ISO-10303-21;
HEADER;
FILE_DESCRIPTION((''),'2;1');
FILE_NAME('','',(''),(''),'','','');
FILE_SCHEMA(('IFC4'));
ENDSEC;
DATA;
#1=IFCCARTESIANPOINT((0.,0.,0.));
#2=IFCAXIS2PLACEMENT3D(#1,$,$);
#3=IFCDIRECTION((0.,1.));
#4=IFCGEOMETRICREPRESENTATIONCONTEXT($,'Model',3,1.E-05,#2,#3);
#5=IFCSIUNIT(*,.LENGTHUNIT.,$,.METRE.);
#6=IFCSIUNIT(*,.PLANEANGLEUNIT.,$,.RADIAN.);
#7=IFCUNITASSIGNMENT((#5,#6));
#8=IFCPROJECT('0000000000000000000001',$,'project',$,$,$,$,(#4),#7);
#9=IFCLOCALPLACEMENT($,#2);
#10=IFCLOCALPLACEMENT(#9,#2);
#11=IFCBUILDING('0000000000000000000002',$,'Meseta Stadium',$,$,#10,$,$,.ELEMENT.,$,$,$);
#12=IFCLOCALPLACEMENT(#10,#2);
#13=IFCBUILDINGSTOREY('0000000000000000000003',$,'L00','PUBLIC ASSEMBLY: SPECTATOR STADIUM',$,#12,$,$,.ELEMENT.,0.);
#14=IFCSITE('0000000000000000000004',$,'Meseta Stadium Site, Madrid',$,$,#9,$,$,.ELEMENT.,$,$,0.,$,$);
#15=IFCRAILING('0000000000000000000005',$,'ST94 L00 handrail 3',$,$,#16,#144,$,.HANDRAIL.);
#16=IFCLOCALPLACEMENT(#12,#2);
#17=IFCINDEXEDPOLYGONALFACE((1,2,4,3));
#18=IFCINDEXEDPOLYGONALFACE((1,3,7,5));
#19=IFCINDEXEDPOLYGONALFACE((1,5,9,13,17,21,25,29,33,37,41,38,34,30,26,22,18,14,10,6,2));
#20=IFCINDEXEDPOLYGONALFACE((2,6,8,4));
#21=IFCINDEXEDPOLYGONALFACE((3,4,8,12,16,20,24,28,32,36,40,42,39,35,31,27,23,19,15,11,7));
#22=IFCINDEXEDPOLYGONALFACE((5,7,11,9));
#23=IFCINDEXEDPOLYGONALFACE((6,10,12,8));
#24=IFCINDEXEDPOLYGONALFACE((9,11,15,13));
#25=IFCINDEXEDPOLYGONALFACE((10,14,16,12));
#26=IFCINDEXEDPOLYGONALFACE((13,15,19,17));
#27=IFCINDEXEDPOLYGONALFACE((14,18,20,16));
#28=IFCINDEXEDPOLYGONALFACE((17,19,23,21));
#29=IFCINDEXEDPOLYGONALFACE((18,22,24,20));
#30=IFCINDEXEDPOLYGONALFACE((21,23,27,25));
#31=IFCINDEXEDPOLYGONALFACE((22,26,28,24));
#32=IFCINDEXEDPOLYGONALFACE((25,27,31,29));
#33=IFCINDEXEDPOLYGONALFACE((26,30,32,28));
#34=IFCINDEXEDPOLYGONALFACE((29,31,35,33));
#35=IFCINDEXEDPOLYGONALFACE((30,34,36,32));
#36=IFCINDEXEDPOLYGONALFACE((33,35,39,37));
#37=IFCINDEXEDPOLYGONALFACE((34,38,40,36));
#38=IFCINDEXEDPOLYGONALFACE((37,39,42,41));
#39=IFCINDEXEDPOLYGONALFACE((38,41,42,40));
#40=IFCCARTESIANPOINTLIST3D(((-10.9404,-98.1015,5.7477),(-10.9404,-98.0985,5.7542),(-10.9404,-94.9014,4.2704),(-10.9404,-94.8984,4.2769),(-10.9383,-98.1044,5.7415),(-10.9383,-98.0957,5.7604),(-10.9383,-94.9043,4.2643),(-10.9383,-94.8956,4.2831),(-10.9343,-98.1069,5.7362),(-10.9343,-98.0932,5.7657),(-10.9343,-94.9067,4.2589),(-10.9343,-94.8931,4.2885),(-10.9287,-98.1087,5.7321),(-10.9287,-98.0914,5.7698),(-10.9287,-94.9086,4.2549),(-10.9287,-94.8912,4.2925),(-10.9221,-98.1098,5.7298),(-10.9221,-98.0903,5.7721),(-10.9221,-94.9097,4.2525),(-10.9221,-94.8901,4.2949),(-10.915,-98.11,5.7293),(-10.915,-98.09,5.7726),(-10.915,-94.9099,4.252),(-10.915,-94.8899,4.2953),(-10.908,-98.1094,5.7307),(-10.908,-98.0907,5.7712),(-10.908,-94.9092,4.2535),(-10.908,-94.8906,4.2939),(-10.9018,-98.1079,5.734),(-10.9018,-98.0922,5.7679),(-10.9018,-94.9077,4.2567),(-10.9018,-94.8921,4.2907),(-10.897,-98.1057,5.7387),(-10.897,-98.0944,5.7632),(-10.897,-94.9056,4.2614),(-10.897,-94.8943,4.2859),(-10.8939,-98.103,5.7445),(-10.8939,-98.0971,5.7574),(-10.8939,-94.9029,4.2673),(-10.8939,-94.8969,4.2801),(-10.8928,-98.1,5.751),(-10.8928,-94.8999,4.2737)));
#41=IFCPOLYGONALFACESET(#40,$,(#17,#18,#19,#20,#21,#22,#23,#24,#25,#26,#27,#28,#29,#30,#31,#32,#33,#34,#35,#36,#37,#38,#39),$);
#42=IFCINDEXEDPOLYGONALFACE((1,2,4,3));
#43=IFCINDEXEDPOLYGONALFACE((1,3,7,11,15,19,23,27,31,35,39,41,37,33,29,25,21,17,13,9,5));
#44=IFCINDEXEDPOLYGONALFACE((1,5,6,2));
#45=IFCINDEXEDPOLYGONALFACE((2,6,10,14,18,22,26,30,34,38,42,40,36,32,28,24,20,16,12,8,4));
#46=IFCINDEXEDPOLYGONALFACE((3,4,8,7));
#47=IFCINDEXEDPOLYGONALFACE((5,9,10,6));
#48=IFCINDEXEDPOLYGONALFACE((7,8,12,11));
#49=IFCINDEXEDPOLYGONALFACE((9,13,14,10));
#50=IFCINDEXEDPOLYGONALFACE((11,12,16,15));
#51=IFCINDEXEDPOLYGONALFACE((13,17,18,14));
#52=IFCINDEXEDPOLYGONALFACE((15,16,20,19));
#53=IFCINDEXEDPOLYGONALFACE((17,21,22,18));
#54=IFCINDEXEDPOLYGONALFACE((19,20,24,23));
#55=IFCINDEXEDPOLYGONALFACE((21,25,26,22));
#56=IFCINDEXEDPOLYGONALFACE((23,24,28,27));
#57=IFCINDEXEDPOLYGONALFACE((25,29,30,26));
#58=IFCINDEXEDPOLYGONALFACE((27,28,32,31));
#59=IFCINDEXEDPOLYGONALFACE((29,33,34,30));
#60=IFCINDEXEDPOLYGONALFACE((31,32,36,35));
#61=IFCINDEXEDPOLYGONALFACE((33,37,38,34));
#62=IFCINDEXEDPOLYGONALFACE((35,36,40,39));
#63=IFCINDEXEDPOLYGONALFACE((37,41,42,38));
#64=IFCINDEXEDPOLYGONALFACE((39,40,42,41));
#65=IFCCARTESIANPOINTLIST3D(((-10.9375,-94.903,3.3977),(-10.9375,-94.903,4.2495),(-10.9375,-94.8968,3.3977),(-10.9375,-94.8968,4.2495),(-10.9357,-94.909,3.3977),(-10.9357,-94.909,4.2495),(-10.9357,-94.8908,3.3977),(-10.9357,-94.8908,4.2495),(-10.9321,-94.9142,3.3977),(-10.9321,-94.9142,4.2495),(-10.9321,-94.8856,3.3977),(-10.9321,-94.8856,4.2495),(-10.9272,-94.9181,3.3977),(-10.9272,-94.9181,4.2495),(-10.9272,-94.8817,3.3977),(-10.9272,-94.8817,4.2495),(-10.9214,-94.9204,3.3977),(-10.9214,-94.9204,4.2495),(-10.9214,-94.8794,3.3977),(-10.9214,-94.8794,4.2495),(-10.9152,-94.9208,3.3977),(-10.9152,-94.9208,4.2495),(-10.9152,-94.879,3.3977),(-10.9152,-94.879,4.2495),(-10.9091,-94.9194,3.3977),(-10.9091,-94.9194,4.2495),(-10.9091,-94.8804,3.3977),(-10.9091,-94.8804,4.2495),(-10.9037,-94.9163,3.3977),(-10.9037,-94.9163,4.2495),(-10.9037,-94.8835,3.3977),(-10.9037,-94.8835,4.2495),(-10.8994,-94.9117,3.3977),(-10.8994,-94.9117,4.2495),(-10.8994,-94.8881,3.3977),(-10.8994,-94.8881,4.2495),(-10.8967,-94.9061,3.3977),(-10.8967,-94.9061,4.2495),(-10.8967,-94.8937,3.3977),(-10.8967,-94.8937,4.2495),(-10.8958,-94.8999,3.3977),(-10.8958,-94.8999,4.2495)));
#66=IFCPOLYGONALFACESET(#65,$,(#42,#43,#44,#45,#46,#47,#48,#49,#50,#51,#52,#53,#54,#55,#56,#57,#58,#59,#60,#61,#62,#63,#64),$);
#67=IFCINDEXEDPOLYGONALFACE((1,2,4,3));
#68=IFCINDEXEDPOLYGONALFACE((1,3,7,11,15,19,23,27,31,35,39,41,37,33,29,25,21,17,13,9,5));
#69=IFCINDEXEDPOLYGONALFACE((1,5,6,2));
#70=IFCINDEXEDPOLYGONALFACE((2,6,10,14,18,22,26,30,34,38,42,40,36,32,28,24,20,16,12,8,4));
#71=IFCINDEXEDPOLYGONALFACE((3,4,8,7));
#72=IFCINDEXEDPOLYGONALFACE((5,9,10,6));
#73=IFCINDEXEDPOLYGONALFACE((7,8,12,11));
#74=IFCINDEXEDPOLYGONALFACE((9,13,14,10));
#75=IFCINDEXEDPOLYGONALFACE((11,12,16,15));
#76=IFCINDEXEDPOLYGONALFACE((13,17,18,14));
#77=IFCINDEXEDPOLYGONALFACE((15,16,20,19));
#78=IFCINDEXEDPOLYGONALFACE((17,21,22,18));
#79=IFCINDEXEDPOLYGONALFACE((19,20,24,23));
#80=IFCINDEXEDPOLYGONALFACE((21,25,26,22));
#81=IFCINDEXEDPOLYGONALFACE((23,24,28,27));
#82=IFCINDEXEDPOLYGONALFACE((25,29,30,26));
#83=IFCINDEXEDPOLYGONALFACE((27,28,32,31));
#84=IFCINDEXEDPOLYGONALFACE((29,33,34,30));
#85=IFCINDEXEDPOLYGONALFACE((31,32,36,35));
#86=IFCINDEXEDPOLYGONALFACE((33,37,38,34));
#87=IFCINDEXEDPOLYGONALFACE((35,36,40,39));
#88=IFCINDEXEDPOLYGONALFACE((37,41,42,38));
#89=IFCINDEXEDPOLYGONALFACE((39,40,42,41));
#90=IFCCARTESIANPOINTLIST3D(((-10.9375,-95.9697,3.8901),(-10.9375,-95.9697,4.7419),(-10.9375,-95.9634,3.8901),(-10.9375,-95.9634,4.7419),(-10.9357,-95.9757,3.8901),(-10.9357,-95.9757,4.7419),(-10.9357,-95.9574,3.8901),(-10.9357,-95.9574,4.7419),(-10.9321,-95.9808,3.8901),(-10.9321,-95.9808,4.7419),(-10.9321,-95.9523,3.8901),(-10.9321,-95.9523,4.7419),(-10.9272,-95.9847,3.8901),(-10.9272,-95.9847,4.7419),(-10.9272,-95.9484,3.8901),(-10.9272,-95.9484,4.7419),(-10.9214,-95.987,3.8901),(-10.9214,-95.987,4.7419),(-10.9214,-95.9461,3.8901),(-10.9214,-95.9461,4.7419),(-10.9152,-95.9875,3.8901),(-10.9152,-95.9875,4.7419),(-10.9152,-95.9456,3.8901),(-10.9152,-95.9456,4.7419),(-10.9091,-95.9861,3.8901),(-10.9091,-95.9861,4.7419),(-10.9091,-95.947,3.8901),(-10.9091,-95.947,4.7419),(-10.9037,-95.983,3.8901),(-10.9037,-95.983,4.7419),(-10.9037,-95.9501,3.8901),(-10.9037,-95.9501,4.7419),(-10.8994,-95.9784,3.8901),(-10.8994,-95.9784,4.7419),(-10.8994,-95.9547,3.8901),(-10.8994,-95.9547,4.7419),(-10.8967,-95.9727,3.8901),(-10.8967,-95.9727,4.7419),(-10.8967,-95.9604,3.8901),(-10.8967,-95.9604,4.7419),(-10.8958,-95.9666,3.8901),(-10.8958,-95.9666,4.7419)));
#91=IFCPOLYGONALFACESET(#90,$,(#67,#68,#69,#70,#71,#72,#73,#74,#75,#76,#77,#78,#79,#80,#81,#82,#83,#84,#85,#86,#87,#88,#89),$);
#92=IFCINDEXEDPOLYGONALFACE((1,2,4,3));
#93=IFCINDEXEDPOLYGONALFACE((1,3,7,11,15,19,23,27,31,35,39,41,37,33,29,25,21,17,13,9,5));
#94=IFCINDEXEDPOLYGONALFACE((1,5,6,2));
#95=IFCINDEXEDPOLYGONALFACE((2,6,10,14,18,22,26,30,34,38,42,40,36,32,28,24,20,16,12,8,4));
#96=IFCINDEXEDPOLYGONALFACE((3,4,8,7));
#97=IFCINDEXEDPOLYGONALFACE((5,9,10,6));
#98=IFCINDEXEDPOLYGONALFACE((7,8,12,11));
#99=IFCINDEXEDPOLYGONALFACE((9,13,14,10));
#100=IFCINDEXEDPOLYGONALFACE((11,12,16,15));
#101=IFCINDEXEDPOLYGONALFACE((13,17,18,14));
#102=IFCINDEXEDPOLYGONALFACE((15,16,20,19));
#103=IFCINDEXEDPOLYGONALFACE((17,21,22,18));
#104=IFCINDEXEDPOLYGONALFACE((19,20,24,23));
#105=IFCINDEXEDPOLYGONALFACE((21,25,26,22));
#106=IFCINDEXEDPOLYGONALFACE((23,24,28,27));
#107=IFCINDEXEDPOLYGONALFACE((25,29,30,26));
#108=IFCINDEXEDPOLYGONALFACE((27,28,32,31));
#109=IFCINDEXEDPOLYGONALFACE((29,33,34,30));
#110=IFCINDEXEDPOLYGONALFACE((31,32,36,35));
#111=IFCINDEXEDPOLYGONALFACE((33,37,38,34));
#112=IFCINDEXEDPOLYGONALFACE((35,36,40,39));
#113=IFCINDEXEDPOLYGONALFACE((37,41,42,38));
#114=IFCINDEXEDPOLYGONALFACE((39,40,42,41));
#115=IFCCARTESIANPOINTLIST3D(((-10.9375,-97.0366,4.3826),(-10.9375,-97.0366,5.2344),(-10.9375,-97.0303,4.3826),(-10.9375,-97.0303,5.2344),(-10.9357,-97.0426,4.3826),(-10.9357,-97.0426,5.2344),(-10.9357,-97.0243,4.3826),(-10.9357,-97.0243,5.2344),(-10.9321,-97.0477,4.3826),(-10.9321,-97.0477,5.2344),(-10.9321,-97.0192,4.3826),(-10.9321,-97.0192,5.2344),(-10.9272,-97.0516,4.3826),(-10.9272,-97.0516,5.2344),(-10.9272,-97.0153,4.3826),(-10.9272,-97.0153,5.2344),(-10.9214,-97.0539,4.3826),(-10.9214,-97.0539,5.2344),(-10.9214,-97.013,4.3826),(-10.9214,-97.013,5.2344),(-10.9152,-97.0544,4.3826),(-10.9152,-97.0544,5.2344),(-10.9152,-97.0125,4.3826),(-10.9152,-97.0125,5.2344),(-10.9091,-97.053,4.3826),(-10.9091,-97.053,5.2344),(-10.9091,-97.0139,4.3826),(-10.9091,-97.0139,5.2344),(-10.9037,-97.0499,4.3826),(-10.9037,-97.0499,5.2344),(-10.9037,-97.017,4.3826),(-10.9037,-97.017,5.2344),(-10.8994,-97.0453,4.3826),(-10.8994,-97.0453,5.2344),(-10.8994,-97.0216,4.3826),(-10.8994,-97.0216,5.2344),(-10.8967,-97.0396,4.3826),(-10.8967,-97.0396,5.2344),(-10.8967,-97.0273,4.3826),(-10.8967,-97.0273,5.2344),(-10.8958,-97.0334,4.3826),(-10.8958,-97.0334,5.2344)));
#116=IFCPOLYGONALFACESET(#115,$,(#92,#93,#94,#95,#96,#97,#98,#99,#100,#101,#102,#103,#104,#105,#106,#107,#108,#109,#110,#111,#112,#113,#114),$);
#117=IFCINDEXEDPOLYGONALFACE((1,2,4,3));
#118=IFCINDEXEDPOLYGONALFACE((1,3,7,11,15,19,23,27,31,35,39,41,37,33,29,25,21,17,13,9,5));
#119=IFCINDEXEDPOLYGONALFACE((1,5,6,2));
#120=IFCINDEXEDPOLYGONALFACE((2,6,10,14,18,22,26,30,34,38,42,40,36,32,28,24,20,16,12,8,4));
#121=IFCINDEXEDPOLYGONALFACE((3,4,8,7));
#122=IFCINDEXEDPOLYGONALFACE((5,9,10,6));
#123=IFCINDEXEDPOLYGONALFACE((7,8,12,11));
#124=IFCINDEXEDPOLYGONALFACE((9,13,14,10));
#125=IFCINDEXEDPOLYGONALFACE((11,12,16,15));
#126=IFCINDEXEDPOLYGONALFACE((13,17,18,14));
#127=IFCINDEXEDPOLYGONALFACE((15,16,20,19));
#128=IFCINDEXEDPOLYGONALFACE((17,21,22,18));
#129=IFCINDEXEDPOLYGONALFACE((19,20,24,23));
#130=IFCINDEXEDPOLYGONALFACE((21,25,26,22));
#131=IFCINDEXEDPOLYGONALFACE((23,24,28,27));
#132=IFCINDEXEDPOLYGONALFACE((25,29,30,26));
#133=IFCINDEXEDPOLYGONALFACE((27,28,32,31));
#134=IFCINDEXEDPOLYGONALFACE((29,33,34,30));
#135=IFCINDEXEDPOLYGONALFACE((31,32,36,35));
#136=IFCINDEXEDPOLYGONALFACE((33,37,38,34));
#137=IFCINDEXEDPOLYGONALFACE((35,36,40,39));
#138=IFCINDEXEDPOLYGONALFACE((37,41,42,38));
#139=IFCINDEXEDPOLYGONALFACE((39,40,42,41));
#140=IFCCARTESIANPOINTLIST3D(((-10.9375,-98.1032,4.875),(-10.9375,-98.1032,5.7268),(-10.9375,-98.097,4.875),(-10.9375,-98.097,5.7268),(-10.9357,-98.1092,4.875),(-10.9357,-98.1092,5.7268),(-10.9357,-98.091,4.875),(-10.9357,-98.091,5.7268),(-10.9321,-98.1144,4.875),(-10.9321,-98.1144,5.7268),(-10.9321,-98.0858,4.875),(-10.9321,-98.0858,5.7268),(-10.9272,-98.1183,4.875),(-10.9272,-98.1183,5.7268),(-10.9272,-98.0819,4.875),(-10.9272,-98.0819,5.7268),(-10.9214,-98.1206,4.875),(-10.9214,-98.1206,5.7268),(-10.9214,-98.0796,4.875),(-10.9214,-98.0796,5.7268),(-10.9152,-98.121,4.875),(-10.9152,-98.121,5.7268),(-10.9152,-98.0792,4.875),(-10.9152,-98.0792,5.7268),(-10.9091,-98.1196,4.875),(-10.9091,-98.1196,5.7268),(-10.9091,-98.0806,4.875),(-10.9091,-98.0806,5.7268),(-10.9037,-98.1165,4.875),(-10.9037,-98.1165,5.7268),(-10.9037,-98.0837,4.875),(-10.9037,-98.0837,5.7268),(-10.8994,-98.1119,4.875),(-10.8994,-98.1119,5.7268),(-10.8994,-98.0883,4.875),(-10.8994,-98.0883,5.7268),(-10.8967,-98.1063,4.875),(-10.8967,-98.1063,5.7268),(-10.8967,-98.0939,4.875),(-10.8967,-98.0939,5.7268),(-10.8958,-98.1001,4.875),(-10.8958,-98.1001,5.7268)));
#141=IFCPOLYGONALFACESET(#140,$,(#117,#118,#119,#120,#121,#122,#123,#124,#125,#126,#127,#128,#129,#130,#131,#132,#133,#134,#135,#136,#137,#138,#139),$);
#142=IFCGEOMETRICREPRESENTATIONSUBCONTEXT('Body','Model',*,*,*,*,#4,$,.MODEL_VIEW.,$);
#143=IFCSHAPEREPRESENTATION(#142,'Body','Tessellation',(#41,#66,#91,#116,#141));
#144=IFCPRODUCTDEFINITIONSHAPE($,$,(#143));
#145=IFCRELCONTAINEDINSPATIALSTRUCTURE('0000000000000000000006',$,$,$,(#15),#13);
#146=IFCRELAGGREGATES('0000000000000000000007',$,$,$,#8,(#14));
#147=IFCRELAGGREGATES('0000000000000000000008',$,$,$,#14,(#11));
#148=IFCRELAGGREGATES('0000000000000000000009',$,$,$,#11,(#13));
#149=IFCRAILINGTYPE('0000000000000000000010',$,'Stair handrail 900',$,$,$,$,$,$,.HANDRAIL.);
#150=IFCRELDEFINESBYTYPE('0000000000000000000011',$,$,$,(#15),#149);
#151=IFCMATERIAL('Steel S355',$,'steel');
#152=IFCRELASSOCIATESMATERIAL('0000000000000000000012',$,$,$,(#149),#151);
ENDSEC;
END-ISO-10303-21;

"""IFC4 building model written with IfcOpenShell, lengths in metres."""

from ifc_helpers import new_model, si_unit, direction, frame, origin, origin_2d, place, context, subcontext, project, spatial, circle, extrude, material, type_object, element, save


model = new_model("IFC4")

# Units and contexts
model_context = context("Model", 3, precision=1e-05, world=origin(), true_north=direction((0.0, 1.0)))
body_context = subcontext(model_context, "Body", "Model", "MODEL_VIEW")
ifc_project = project(units=[si_unit("LENGTHUNIT", "METRE"), si_unit("PLANEANGLEUNIT", "RADIAN")], contexts=[model_context])

# Site, building, storey
site_placement = place(None, origin())
site = spatial("IfcSite", under=ifc_project, at=site_placement, Name="Meseta Stadium Site, Madrid", CompositionType="ELEMENT", RefElevation=0.0)
building_placement = place(site_placement, origin())
building = spatial("IfcBuilding", under=site, at=building_placement, Name="Meseta Stadium", CompositionType="ELEMENT")
storey_placement = place(building_placement, origin())
storey = spatial("IfcBuildingStorey", under=building, at=storey_placement, Name="L00", Description="PUBLIC ASSEMBLY: SPECTATOR STADIUM", CompositionType="ELEMENT", Elevation=0.0)

# Railing
ifc_material_1 = material(Name="Steel S355", Category="steel")
railing_type_1 = type_object("IfcRailingType", Name="Stair handrail 900", PredefinedType="HANDRAIL", material=ifc_material_1)
railing_1_placement = place(storey_placement, frame((-10.9167, -94.8999, 3.3977)))
element("IfcRailing", 1, at=railing_1_placement, inside=storey, type_object=railing_type_1, Name="ST94 L00 handrail 3", PredefinedType="HANDRAIL", context=body_context, shape_type="SweptSolid", body=[
    extrude(circle(Radius=0.0239, at=origin_2d()), frame((0.0, 0.0, 0.876), z_axis=(0.0, -0.907929, 0.419124), x_axis=(1.0, 0.0, 0.0)), (0.0, 0.0, 1.0), 3.5247),
    extrude(circle(Radius=0.021, at=origin_2d()), origin(), (0.0, 0.0, 1.0), 0.8518),
    extrude(circle(Radius=0.021, at=origin_2d()), frame((0.0, -1.0667, 0.4924)), (0.0, 0.0, 1.0), 0.8518),
    extrude(circle(Radius=0.021, at=origin_2d()), frame((0.0, -2.1335, 0.9849)), (0.0, 0.0, 1.0), 0.8518),
    extrude(circle(Radius=0.021, at=origin_2d()), frame((0.0, -3.2002, 1.4773)), (0.0, 0.0, 1.0), 0.8518),
])

save(model, "model.ifc")
